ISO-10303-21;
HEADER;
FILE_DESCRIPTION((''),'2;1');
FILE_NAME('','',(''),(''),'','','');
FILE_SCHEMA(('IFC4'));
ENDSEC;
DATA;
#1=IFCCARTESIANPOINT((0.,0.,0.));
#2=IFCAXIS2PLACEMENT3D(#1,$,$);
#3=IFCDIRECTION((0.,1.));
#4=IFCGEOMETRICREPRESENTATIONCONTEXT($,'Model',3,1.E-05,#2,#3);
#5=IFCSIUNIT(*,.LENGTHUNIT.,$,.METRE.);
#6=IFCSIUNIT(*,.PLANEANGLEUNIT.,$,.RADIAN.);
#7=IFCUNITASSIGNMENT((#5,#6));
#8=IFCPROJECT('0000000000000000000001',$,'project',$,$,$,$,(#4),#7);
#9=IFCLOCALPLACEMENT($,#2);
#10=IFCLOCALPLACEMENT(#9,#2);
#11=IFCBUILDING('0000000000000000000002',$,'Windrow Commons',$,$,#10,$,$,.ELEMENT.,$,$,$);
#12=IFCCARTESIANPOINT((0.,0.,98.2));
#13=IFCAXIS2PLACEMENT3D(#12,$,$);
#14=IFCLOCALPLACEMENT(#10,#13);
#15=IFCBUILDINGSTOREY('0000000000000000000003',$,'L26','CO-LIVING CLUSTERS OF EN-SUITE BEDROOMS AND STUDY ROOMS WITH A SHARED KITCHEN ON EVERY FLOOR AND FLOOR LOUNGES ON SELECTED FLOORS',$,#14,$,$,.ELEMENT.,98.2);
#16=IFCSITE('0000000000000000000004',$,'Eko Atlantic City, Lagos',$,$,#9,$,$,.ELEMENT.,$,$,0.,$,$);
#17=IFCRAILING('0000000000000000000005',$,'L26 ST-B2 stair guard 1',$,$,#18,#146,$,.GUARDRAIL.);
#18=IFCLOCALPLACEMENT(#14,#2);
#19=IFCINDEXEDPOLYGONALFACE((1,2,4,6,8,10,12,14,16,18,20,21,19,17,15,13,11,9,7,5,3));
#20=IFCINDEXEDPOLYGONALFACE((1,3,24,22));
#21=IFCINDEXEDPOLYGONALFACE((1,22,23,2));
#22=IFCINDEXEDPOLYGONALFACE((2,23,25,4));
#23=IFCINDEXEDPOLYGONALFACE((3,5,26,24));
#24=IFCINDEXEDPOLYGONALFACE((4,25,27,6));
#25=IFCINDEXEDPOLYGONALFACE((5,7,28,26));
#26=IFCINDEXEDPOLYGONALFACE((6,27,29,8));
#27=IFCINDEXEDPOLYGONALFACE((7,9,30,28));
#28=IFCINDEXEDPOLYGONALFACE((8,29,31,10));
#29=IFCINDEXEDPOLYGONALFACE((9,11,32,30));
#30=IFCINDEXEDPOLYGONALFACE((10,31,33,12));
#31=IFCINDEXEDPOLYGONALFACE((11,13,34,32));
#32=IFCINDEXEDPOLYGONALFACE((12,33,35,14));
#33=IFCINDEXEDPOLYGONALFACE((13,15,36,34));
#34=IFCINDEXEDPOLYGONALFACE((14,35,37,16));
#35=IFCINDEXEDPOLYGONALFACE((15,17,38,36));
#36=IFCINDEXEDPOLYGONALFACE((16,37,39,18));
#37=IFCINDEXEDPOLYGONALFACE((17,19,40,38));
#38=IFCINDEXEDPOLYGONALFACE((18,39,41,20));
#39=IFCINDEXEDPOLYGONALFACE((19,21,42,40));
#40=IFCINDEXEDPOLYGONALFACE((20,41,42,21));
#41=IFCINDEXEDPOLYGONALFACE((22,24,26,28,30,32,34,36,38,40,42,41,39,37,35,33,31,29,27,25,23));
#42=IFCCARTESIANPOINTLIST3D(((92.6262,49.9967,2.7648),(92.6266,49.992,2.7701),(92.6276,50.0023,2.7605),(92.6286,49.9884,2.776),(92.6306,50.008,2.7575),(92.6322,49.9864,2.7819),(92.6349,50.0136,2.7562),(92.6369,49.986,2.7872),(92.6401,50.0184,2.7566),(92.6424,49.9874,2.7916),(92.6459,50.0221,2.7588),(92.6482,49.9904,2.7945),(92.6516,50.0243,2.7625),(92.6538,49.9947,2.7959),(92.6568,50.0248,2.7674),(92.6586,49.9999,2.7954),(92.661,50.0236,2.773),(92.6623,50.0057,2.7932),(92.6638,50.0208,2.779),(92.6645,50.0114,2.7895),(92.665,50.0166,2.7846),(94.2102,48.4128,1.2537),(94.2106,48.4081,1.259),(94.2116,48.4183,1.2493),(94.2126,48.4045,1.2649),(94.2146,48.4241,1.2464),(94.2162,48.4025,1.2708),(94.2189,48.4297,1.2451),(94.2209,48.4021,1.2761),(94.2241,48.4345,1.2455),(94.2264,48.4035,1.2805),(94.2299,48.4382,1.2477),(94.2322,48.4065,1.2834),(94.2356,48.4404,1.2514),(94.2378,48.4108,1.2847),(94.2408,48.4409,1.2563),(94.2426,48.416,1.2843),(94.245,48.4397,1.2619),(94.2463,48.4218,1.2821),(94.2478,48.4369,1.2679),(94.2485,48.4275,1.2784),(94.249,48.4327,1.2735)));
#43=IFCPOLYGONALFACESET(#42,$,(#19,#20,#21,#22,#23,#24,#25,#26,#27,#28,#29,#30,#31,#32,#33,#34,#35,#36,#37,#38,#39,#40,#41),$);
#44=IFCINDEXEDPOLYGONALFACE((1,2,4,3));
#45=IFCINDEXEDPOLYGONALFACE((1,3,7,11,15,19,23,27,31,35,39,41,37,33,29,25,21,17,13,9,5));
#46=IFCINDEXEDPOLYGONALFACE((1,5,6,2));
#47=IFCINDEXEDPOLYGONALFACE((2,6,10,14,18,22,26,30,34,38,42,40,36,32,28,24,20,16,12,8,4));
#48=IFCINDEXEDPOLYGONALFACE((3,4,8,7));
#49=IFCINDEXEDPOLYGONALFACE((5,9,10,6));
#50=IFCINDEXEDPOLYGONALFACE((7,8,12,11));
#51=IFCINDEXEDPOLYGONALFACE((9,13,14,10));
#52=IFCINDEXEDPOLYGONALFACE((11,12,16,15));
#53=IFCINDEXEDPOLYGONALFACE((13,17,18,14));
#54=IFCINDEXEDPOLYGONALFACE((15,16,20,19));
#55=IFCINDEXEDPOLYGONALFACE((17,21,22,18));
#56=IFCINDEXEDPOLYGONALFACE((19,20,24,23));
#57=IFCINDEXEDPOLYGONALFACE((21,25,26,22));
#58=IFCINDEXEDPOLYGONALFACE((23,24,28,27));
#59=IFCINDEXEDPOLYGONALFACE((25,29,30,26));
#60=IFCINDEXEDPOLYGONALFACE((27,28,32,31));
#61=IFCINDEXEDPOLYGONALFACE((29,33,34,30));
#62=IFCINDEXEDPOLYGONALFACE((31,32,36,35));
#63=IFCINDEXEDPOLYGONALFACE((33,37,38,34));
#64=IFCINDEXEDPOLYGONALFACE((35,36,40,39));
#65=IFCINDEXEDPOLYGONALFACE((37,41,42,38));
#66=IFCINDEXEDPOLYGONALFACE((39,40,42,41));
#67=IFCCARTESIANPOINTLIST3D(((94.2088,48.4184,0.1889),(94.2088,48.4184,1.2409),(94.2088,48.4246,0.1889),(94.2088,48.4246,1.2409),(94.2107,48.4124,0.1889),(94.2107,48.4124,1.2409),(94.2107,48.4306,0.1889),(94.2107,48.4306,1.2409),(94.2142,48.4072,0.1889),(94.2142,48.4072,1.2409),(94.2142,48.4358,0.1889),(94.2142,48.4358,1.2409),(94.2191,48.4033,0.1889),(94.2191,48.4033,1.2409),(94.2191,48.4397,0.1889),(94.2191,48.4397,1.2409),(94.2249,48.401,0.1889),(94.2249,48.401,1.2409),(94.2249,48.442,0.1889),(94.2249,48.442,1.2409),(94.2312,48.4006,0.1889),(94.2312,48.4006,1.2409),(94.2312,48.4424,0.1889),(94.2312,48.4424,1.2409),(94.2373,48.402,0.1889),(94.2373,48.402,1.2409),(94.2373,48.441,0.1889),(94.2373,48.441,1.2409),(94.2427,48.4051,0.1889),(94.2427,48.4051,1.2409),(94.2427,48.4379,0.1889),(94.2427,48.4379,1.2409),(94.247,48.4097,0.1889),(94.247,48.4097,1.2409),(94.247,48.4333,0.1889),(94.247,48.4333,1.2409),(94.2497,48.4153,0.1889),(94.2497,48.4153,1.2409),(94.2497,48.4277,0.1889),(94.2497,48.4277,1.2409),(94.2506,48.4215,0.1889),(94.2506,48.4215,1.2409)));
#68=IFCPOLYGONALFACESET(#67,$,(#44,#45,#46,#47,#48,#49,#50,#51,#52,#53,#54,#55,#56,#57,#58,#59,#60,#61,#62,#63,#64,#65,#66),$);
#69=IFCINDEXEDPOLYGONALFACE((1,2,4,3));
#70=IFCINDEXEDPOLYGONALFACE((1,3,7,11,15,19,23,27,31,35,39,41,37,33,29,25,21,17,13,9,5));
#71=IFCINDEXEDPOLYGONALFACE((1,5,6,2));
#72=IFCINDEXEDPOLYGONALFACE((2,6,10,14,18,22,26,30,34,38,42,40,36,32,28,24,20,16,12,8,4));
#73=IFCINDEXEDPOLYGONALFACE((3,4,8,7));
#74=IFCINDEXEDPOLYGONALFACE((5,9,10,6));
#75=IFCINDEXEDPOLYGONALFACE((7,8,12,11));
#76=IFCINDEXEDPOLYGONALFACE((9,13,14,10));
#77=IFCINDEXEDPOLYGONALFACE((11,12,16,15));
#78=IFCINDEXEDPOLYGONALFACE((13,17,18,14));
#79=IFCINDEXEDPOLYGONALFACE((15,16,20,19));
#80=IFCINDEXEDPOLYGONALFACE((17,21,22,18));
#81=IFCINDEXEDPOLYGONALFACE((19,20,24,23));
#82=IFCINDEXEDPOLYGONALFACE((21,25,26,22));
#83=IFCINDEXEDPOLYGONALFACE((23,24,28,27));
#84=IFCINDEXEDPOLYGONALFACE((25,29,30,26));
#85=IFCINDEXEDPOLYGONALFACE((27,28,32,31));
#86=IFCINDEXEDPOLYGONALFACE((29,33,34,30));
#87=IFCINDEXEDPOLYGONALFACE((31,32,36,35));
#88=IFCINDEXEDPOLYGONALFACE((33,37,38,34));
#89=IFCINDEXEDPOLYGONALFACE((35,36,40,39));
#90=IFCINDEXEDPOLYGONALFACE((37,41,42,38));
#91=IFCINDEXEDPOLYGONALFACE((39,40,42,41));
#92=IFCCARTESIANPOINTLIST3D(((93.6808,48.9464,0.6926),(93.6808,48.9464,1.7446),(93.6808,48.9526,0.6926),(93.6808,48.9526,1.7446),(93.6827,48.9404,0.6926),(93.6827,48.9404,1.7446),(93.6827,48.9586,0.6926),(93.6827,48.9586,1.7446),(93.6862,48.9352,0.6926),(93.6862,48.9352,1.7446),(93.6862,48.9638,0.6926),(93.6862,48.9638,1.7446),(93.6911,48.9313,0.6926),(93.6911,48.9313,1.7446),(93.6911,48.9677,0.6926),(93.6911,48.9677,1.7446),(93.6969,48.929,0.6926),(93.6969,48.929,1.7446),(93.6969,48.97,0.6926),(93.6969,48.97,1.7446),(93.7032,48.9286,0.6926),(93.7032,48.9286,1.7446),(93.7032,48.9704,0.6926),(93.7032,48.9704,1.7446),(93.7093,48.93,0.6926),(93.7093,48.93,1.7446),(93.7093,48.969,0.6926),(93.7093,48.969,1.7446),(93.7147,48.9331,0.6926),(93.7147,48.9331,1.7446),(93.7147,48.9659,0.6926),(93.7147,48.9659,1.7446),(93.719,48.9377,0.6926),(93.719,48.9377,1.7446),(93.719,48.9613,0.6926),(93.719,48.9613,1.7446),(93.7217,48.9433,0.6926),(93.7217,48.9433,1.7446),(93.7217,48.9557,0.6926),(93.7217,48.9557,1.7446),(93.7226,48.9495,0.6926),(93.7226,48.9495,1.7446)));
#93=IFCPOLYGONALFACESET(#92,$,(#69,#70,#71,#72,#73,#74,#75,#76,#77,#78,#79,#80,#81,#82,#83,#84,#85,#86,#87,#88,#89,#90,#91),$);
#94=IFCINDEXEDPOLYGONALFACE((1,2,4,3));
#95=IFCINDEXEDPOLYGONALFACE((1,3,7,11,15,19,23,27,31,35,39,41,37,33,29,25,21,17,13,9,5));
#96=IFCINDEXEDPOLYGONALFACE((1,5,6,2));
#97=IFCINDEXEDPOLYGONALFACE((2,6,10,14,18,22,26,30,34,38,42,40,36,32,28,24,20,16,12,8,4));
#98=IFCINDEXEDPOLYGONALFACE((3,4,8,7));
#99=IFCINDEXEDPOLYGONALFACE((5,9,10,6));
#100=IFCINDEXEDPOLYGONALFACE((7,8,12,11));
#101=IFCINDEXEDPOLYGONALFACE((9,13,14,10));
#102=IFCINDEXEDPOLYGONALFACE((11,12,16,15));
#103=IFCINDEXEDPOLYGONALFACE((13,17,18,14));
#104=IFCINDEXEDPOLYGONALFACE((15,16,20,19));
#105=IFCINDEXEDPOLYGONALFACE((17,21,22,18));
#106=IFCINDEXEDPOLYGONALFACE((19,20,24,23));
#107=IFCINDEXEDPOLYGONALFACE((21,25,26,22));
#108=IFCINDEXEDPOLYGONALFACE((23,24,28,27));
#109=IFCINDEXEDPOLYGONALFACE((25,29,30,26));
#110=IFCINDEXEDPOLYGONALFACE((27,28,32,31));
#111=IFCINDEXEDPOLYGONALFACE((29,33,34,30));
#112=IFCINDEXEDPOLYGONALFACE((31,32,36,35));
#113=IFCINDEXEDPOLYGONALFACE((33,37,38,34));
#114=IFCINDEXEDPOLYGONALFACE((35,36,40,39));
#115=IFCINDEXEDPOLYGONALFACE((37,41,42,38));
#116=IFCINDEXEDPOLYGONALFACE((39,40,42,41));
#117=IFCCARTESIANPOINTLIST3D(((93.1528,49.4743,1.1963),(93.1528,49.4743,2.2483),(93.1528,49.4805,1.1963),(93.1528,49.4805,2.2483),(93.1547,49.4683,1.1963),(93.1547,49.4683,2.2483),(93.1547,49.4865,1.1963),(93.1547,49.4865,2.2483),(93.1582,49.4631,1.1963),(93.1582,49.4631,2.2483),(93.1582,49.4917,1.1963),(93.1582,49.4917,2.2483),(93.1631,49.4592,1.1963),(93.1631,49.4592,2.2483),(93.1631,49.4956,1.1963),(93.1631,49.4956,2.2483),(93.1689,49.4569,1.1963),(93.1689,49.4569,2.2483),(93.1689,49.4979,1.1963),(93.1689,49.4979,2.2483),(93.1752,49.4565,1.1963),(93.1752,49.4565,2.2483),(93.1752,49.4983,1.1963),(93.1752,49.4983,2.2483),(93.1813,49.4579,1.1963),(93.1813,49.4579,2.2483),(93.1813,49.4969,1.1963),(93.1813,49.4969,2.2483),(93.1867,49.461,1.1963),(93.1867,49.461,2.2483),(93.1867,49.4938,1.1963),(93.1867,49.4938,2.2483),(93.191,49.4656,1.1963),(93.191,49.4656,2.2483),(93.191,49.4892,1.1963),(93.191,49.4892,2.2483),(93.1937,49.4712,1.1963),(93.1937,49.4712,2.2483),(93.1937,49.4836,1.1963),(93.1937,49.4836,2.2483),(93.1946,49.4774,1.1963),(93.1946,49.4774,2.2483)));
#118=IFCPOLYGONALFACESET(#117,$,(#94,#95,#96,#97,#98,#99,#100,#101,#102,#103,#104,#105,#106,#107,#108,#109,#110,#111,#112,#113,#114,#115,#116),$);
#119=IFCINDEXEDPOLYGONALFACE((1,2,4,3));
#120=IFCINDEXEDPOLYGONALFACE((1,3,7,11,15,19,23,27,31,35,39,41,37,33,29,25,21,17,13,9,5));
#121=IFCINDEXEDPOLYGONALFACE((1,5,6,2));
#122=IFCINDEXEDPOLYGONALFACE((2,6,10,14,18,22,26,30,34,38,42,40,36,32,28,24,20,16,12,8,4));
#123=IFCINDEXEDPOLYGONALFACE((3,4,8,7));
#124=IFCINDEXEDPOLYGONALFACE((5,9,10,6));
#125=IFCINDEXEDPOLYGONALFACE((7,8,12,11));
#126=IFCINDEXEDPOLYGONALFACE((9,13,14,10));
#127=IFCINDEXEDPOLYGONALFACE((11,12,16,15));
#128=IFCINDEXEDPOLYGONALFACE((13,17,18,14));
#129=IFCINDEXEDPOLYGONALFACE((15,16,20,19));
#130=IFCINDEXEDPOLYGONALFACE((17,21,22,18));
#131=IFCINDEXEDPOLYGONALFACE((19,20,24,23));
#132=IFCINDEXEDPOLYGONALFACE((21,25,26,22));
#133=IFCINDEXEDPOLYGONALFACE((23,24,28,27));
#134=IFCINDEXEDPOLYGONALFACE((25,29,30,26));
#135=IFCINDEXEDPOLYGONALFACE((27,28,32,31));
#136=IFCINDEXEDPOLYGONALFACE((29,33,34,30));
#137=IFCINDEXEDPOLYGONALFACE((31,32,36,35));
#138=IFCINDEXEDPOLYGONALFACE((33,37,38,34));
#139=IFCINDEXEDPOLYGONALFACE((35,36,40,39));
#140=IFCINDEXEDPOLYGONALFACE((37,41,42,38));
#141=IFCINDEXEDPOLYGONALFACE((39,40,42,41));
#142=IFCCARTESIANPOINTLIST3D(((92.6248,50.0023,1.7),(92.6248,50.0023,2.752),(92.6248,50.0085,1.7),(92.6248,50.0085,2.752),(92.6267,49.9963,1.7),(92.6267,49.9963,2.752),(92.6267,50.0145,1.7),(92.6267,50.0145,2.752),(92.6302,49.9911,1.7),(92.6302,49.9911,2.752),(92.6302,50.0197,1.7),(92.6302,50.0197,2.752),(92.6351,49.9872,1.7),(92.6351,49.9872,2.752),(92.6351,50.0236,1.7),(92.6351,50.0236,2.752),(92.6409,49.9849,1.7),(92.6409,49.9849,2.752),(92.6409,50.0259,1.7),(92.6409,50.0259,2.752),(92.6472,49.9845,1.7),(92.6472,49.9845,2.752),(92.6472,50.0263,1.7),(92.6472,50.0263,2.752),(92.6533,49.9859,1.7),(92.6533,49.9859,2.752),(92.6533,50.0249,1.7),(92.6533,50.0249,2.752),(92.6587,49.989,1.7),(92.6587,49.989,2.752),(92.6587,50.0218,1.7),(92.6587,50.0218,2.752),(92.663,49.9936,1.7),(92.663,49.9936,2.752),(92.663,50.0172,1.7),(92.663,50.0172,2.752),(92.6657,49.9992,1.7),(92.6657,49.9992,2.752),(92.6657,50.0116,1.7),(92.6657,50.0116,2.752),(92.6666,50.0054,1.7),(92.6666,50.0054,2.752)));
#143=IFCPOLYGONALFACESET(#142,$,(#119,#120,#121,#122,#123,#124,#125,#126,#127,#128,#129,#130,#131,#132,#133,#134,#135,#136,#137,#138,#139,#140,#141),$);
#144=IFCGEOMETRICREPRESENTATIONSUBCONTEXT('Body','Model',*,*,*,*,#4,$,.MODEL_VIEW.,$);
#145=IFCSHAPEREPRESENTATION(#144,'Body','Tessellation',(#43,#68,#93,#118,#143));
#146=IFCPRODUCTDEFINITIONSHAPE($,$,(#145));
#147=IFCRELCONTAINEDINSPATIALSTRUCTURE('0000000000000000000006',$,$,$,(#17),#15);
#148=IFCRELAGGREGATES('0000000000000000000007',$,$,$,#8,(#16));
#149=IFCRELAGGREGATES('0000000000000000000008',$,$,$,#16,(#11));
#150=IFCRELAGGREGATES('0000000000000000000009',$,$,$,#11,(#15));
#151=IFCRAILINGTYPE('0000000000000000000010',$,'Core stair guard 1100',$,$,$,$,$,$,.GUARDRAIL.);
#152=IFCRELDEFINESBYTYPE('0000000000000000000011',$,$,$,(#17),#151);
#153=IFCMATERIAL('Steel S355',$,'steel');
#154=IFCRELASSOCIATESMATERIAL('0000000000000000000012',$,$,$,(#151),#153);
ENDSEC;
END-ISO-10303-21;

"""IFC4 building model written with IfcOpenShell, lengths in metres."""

from ifc_helpers import new_model, si_unit, direction, frame, origin, origin_2d, place, context, subcontext, project, spatial, circle, extrude, material, type_object, element, save


model = new_model("IFC4")

# Units and contexts
model_context = context("Model", 3, precision=1e-05, world=origin(), true_north=direction((0.0, 1.0)))
body_context = subcontext(model_context, "Body", "Model", "MODEL_VIEW")
ifc_project = project(units=[si_unit("LENGTHUNIT", "METRE"), si_unit("PLANEANGLEUNIT", "RADIAN")], contexts=[model_context])

# Site, building, storey
site_placement = place(None, origin())
site = spatial("IfcSite", under=ifc_project, at=site_placement, Name="Eko Atlantic City, Lagos", CompositionType="ELEMENT", RefElevation=0.0)
building_placement = place(site_placement, origin())
building = spatial("IfcBuilding", under=site, at=building_placement, Name="Windrow Commons", CompositionType="ELEMENT")
storey_placement = place(building_placement, frame((0.0, 0.0, 98.2)))
storey = spatial("IfcBuildingStorey", under=building, at=storey_placement, Name="L26", Description="CO-LIVING CLUSTERS OF EN-SUITE BEDROOMS AND STUDY ROOMS WITH A SHARED KITCHEN ON EVERY FLOOR AND FLOOR LOUNGES ON SELECTED FLOORS", CompositionType="ELEMENT", Elevation=98.2)

# Railing
ifc_material_1 = material(Name="Steel S355", Category="steel")
railing_type_1 = type_object("IfcRailingType", Name="Core stair guard 1100", PredefinedType="GUARDRAIL", material=ifc_material_1)
railing_1_placement = place(storey_placement, frame((94.2296, 48.4215, 0.1889)))
element("IfcRailing", 1, at=railing_1_placement, inside=storey, type_object=railing_type_1, Name="L26 ST-B2 stair guard 1", PredefinedType="GUARDRAIL", context=body_context, shape_type="SweptSolid", body=[
    extrude(circle(Radius=0.024, at=origin_2d()), frame((0.0, 0.0, 1.076), z_axis=(-0.586216, 0.586179, 0.559237), x_axis=(-0.707084, -0.707129, 0.0)), (0.0, 0.0, 1.0), 2.7021),
    extrude(circle(Radius=0.021, at=origin_2d()), origin(), (0.0, 0.0, 1.0), 1.052),
    extrude(circle(Radius=0.021, at=origin_2d()), frame((-0.528, 0.528, 0.5037)), (0.0, 0.0, 1.0), 1.052),
    extrude(circle(Radius=0.021, at=origin_2d()), frame((-1.056, 1.0559, 1.0074)), (0.0, 0.0, 1.0), 1.052),
    extrude(circle(Radius=0.021, at=origin_2d()), frame((-1.584, 1.5839, 1.5111)), (0.0, 0.0, 1.0), 1.052),
])

save(model, "model.ifc")
